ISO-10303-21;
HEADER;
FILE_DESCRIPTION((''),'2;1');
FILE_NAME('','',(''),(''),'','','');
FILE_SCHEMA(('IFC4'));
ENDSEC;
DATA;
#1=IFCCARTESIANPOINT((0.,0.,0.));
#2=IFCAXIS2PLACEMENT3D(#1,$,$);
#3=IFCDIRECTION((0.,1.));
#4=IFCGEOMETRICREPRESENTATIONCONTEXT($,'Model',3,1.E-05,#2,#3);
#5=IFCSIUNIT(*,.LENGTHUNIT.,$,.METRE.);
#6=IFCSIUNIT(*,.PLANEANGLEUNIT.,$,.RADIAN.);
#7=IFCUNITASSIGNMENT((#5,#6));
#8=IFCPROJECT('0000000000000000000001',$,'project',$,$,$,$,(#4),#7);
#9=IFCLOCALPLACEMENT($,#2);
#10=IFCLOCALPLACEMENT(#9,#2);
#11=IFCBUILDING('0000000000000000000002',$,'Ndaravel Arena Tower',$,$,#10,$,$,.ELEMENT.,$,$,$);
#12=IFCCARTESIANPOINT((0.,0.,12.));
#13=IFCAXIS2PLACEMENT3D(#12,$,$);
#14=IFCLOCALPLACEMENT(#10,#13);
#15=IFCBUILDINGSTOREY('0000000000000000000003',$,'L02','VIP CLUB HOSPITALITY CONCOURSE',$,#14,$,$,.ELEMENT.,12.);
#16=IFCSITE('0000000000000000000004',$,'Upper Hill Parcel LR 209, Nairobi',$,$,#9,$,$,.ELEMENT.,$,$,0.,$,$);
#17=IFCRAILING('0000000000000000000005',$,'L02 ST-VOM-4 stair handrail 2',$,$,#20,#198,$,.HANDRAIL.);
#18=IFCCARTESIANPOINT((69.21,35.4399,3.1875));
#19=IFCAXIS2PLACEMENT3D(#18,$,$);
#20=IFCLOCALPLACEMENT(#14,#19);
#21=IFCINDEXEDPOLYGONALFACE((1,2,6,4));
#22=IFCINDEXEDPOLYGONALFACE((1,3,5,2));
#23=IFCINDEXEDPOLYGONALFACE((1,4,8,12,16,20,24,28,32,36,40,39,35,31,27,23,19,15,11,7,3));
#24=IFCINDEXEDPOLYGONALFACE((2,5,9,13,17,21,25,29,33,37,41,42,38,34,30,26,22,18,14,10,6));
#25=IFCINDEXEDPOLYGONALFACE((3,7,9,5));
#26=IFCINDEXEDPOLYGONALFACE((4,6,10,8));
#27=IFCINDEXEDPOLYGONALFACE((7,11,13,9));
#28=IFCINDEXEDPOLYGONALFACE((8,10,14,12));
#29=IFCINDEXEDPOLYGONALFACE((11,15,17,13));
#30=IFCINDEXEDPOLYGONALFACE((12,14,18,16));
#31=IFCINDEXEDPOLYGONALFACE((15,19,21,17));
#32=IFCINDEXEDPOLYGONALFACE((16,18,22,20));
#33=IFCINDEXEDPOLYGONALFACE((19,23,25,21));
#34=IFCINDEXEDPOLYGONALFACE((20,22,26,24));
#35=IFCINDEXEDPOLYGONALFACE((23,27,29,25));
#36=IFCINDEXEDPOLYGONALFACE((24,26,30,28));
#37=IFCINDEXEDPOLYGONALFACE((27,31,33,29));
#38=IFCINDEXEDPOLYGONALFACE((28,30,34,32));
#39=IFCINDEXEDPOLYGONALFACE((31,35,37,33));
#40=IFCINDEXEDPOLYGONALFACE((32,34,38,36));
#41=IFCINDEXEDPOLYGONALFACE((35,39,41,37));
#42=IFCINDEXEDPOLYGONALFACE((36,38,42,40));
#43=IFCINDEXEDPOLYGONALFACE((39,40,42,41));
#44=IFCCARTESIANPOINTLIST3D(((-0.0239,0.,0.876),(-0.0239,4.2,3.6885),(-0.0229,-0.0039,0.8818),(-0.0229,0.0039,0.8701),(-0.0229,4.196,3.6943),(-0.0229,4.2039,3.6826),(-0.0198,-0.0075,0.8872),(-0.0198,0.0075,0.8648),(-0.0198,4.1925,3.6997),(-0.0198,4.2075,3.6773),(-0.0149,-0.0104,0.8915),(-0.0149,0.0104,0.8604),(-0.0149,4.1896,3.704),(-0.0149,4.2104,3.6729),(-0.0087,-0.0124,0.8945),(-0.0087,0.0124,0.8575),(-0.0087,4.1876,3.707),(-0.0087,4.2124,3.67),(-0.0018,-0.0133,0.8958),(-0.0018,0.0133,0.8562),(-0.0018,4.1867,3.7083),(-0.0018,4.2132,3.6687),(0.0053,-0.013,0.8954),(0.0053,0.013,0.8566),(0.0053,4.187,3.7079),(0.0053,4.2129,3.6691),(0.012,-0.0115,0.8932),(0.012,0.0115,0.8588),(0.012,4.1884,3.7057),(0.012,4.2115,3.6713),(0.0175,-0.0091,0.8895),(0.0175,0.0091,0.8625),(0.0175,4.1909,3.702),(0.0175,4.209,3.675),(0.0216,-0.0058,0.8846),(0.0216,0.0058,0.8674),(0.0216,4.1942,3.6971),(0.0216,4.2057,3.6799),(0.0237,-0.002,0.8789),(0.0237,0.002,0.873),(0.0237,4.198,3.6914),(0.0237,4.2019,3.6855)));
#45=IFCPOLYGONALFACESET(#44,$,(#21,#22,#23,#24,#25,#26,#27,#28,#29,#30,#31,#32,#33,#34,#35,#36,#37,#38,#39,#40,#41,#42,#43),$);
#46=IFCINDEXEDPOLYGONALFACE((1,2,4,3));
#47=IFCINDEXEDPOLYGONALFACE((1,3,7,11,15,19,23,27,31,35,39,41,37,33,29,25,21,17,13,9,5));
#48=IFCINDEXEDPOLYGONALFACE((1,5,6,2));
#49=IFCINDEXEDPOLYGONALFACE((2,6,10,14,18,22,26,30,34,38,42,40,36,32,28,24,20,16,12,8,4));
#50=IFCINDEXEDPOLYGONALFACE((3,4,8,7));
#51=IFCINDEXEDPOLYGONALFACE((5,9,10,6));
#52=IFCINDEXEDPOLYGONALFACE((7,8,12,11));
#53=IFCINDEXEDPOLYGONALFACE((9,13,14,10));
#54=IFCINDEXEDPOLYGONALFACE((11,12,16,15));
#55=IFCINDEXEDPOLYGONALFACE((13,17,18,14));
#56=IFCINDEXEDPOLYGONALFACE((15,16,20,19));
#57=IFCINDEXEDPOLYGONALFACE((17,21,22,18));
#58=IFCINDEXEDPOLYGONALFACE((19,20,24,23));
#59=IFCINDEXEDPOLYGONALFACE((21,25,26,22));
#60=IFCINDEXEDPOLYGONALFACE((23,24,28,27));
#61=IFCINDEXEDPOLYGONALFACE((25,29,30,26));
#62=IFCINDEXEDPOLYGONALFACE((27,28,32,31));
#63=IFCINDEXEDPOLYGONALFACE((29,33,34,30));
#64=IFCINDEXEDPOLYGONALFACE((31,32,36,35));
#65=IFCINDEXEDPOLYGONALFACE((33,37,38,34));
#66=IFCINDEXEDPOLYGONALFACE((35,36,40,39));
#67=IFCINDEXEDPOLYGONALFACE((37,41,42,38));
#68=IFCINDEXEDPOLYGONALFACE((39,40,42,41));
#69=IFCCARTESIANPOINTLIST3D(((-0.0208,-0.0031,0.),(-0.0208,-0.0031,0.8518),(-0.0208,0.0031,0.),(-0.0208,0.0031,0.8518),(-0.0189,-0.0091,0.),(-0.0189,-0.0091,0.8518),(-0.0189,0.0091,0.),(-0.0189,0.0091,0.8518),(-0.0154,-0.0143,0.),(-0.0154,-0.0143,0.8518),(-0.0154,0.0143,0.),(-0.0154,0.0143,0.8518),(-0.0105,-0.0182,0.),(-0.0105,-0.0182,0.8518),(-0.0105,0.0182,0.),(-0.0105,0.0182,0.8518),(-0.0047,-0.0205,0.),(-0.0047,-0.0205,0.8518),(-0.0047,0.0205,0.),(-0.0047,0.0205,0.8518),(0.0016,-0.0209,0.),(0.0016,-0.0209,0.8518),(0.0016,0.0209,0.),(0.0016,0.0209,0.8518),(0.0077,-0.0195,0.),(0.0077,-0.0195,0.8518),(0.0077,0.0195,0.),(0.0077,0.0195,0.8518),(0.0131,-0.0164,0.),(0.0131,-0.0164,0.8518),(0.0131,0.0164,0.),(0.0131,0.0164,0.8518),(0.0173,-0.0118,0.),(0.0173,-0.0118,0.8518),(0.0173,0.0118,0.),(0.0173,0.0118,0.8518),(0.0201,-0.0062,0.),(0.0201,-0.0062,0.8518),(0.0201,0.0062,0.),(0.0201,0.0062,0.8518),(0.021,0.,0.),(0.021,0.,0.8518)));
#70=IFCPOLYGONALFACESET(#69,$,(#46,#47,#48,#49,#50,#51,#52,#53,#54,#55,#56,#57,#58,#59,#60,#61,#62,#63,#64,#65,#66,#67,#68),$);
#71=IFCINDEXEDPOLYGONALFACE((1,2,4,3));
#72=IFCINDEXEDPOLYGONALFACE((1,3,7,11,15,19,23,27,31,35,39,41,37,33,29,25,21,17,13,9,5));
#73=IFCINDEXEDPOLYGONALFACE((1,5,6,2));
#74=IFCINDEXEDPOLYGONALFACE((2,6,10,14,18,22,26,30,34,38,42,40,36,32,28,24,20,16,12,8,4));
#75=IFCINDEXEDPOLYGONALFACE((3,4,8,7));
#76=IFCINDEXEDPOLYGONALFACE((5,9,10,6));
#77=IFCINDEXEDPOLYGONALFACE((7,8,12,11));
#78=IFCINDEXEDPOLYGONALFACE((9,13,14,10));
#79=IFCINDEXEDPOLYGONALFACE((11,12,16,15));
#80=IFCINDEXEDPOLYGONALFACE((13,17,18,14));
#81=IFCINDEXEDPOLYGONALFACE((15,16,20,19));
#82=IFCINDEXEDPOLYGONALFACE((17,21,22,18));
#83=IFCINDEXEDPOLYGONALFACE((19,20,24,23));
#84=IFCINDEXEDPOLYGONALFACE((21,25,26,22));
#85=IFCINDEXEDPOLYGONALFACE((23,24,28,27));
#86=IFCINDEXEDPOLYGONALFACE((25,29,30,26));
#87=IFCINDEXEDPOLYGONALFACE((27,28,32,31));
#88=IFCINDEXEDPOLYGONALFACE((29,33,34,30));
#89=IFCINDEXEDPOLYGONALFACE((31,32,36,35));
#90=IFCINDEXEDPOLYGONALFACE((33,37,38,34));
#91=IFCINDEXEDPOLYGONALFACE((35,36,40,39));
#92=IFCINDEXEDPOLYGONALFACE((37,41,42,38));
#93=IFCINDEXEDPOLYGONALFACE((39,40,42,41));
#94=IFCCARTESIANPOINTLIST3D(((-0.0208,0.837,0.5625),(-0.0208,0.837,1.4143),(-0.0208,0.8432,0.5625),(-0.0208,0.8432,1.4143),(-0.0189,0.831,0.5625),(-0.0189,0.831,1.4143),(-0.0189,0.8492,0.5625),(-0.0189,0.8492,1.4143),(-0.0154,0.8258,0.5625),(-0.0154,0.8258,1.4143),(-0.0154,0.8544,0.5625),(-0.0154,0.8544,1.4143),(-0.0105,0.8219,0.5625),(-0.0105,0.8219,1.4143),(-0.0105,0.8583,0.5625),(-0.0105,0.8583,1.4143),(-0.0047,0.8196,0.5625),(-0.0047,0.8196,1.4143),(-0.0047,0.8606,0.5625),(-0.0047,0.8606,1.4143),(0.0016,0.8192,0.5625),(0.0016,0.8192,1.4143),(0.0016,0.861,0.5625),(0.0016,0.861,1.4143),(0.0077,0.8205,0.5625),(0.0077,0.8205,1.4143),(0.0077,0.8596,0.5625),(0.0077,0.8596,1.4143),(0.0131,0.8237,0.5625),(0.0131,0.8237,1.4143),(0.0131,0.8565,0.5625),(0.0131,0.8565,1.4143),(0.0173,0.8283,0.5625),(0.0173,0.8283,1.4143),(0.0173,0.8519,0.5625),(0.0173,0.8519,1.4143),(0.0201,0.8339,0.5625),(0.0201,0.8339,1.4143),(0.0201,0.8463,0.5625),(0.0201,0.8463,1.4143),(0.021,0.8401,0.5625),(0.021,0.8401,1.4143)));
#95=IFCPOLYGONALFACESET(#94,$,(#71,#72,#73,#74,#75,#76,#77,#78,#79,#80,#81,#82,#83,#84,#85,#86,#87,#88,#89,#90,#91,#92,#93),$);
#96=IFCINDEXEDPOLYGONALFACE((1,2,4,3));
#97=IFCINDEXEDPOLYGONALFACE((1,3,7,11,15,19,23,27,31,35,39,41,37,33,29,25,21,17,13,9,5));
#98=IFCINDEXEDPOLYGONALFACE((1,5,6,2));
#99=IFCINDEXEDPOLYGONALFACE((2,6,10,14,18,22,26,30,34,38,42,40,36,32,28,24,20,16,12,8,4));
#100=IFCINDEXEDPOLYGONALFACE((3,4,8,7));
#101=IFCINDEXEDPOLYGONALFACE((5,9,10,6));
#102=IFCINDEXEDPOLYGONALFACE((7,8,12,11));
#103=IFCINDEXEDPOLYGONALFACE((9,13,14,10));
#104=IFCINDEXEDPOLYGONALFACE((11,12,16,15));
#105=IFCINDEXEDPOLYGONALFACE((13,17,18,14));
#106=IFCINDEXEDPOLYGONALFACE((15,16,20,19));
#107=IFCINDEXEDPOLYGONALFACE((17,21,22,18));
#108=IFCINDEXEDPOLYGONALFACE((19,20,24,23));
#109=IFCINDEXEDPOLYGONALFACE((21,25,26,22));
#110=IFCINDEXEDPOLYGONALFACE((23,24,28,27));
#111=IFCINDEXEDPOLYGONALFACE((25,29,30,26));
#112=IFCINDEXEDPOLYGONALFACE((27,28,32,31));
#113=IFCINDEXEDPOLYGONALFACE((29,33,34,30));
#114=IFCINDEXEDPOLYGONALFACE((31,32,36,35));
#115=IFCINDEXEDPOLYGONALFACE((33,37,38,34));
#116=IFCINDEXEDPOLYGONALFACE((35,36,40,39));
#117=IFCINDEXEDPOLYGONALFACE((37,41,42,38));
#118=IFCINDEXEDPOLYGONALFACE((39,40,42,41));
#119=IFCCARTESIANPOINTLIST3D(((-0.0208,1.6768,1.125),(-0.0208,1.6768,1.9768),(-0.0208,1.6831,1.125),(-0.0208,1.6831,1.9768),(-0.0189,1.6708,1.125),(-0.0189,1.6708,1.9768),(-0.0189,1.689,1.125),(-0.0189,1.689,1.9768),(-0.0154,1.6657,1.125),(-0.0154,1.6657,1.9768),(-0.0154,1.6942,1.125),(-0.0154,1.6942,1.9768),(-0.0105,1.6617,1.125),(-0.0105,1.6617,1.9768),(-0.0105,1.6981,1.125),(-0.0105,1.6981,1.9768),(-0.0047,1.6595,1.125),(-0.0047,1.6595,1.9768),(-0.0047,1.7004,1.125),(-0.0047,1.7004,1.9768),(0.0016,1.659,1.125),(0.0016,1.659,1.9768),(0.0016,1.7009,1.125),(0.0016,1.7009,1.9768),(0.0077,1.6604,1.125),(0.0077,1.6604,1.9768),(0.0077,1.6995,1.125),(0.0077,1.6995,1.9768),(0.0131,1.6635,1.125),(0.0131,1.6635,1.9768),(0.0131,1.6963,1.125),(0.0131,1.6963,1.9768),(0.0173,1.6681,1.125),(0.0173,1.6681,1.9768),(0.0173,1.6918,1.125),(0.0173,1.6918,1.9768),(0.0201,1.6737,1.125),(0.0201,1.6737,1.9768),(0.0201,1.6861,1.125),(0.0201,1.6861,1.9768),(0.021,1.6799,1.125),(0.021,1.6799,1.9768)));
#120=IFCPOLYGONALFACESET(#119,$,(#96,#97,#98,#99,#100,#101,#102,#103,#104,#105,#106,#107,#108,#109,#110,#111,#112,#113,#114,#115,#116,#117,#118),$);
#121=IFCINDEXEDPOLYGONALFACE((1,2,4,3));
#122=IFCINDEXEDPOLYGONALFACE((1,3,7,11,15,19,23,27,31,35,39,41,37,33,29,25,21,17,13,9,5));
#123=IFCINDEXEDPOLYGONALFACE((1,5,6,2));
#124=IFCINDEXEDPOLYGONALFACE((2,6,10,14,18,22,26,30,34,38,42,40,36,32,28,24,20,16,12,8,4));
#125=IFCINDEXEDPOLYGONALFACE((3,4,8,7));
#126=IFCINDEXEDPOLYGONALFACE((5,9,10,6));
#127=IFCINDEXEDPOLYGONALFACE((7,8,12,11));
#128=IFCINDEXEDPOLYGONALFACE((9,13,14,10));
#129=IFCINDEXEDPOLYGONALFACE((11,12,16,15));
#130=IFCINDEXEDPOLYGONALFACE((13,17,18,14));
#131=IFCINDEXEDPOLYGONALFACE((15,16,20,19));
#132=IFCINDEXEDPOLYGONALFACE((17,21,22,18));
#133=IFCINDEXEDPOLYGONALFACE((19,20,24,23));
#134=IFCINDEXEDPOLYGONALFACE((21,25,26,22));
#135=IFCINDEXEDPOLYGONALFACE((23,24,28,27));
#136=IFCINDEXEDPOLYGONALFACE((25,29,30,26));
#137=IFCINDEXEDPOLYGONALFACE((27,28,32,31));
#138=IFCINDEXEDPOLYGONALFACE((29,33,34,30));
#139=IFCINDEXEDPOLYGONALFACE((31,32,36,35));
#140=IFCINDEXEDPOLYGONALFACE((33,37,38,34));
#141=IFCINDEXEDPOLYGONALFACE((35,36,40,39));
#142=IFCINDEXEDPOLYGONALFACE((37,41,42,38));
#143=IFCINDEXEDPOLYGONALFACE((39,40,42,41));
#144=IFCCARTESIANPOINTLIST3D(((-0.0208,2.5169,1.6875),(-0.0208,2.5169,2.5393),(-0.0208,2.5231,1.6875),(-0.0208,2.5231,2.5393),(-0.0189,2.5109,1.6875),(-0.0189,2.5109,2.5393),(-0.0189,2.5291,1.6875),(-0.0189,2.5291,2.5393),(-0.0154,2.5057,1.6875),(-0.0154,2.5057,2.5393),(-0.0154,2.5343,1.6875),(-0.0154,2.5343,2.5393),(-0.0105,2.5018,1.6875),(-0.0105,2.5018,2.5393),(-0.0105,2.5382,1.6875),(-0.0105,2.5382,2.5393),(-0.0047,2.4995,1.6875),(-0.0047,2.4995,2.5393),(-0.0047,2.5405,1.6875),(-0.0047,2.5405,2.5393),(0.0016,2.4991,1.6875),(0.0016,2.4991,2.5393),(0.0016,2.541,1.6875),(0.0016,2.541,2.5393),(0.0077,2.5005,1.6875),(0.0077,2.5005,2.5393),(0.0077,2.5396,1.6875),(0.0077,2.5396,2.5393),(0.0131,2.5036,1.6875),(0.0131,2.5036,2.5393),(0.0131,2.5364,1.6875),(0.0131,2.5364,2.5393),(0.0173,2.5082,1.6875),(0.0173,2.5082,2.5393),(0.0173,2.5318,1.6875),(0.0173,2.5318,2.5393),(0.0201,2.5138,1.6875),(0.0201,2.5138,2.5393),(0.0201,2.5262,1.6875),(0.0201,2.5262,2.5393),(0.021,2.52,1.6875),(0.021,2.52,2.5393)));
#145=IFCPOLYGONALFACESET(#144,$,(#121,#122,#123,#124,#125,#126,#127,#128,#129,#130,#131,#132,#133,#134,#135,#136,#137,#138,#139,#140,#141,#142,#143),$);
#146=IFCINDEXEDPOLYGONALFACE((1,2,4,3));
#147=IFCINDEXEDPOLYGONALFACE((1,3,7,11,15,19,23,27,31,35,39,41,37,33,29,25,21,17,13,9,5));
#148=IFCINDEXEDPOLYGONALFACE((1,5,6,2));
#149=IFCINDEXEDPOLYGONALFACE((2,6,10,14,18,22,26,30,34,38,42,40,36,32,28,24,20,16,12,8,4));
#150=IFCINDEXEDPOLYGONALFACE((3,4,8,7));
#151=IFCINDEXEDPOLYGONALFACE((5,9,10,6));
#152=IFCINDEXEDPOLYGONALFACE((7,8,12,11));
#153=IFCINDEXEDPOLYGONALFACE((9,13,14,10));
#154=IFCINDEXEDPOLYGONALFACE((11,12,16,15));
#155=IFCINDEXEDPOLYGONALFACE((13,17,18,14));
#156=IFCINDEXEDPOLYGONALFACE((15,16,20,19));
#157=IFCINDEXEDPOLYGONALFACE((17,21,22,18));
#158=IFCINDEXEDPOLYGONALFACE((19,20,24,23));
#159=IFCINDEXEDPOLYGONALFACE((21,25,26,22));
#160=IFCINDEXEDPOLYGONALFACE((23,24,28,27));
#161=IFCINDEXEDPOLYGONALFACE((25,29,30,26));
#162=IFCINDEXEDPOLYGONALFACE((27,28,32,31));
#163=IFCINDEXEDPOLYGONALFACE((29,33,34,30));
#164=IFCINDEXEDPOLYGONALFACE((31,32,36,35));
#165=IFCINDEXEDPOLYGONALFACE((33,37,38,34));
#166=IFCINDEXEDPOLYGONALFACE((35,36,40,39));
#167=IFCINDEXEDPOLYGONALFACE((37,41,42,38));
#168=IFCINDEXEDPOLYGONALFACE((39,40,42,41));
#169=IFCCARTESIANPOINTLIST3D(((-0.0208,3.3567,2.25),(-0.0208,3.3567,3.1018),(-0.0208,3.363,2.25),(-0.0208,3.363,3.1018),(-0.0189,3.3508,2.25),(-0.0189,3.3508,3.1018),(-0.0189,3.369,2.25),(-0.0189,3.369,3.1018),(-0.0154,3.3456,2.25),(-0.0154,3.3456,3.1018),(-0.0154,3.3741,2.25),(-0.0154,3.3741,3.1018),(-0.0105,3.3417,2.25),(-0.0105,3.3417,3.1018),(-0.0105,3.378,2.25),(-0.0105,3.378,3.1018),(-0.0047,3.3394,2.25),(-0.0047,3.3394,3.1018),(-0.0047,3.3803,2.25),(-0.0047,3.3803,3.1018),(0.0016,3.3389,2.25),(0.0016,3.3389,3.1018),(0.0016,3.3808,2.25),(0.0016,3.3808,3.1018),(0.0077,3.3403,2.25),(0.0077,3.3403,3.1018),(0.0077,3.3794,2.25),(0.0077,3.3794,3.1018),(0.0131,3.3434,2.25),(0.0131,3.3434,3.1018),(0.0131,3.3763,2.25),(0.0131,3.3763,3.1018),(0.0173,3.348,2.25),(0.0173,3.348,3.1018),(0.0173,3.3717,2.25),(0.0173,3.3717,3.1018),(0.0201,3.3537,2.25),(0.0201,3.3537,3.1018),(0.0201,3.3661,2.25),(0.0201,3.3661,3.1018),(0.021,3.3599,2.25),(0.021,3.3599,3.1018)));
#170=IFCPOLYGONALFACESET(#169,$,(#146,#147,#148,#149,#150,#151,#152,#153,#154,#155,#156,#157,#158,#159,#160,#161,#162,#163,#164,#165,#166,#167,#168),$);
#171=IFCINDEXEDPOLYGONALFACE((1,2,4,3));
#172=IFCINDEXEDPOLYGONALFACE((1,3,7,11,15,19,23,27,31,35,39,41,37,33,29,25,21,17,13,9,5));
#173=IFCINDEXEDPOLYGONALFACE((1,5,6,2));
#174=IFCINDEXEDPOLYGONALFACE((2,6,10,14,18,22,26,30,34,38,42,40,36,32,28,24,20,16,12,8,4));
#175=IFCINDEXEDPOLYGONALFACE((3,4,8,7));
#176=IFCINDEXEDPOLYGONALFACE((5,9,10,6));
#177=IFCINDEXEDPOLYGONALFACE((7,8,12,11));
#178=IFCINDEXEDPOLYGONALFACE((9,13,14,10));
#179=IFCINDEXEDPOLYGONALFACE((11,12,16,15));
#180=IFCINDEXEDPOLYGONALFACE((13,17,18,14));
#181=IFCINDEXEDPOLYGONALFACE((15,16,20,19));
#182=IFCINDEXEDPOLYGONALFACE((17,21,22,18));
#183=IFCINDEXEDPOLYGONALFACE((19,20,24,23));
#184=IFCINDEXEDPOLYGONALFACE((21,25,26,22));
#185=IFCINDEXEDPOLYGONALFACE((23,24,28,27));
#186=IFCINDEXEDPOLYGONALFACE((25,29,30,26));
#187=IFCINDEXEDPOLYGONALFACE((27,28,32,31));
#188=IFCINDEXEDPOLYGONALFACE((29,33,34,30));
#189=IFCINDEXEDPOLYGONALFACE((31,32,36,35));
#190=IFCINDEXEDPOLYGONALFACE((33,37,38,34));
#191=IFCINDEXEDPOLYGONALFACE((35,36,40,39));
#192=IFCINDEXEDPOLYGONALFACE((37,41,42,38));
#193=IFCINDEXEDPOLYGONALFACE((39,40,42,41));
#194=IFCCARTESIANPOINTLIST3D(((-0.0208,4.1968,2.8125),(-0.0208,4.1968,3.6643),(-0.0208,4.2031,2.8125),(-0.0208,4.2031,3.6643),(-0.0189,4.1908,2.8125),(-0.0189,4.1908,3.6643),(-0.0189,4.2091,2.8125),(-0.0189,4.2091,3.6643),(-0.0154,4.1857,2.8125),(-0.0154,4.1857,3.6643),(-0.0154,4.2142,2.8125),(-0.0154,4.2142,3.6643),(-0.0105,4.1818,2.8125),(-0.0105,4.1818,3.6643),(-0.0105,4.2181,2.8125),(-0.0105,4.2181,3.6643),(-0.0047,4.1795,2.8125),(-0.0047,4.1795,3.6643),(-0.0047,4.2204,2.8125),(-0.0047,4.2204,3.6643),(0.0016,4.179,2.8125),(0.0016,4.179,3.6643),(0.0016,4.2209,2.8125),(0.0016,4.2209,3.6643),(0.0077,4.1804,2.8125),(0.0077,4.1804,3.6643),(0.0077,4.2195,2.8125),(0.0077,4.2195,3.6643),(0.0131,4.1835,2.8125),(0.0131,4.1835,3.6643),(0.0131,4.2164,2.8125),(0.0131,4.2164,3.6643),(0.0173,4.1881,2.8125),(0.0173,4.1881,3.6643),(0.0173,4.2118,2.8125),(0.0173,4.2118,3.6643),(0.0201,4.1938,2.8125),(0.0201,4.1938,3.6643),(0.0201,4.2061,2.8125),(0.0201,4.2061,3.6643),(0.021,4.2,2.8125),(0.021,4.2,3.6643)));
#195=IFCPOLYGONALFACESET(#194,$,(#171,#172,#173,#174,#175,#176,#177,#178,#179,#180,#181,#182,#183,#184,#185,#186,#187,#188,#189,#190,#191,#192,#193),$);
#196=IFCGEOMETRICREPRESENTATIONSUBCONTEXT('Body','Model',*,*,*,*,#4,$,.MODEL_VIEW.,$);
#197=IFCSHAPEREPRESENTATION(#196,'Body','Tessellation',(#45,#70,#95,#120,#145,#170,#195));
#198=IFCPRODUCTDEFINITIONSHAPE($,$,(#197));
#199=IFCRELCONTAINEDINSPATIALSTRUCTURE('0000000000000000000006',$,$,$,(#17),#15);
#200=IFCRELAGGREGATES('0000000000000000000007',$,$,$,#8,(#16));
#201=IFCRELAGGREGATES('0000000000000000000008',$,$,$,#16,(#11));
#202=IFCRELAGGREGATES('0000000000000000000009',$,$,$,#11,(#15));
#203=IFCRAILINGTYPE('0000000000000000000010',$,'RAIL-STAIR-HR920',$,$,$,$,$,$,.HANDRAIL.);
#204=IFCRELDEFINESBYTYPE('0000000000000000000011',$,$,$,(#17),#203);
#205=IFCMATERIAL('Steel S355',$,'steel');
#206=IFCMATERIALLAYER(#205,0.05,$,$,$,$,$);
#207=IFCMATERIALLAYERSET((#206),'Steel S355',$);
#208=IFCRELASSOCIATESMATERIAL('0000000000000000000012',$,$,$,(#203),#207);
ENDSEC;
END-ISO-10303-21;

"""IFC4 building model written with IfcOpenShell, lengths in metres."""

from ifc_helpers import new_model, si_unit, direction, frame, origin, origin_2d, place, context, subcontext, project, spatial, circle, extrude, material, layer, layer_set, type_object, element, save


model = new_model("IFC4")

# Units and contexts
model_context = context("Model", 3, precision=1e-05, world=origin(), true_north=direction((0.0, 1.0)))
body_context = subcontext(model_context, "Body", "Model", "MODEL_VIEW")
ifc_project = project(units=[si_unit("LENGTHUNIT", "METRE"), si_unit("PLANEANGLEUNIT", "RADIAN")], contexts=[model_context])

# Site, building, storey
site_placement = place(None, origin())
site = spatial("IfcSite", under=ifc_project, at=site_placement, Name="Upper Hill Parcel LR 209, Nairobi", CompositionType="ELEMENT", RefElevation=0.0)
building_placement = place(site_placement, origin())
building = spatial("IfcBuilding", under=site, at=building_placement, Name="Ndaravel Arena Tower", CompositionType="ELEMENT")
storey_placement = place(building_placement, frame((0.0, 0.0, 12.0)))
storey = spatial("IfcBuildingStorey", under=building, at=storey_placement, Name="L02", Description="VIP CLUB HOSPITALITY CONCOURSE", CompositionType="ELEMENT", Elevation=12.0)

# Railing
ifc_material_1 = material(Name="Steel S355", Category="steel")
ifc_layer_1 = layer(ifc_material_1, 0.05)
ifc_layer_set_1 = layer_set([ifc_layer_1], Name="Steel S355")
railing_type_1 = type_object("IfcRailingType", Name="RAIL-STAIR-HR920", PredefinedType="HANDRAIL", material=ifc_layer_set_1)
railing_1_placement = place(storey_placement, frame((69.21, 35.4399, 3.1875)))
element("IfcRailing", 1, at=railing_1_placement, inside=storey, type_object=railing_type_1, Name="L02 ST-VOM-4 stair handrail 2", PredefinedType="HANDRAIL", context=body_context, shape_type="SweptSolid", body=[
    extrude(circle(Radius=0.0239, at=origin_2d()), frame((0.0, 0.0, 0.876), z_axis=(0.0, 0.830904, 0.556416), x_axis=(-1.0, 0.0, 0.0)), (0.0, 0.0, 1.0), 5.0547),
    extrude(circle(Radius=0.021, at=origin_2d()), origin(), (0.0, 0.0, 1.0), 0.8518),
    extrude(circle(Radius=0.021, at=origin_2d()), frame((0.0, 0.8401, 0.5625)), (0.0, 0.0, 1.0), 0.8518),
    extrude(circle(Radius=0.021, at=origin_2d()), frame((0.0, 1.6799, 1.125)), (0.0, 0.0, 1.0), 0.8518),
    extrude(circle(Radius=0.021, at=origin_2d()), frame((0.0, 2.52, 1.6875)), (0.0, 0.0, 1.0), 0.8518),
    extrude(circle(Radius=0.021, at=origin_2d()), frame((0.0, 3.3599, 2.25)), (0.0, 0.0, 1.0), 0.8518),
    extrude(circle(Radius=0.021, at=origin_2d()), frame((0.0, 4.2, 2.8125)), (0.0, 0.0, 1.0), 0.8518),
])

save(model, "model.ifc")
